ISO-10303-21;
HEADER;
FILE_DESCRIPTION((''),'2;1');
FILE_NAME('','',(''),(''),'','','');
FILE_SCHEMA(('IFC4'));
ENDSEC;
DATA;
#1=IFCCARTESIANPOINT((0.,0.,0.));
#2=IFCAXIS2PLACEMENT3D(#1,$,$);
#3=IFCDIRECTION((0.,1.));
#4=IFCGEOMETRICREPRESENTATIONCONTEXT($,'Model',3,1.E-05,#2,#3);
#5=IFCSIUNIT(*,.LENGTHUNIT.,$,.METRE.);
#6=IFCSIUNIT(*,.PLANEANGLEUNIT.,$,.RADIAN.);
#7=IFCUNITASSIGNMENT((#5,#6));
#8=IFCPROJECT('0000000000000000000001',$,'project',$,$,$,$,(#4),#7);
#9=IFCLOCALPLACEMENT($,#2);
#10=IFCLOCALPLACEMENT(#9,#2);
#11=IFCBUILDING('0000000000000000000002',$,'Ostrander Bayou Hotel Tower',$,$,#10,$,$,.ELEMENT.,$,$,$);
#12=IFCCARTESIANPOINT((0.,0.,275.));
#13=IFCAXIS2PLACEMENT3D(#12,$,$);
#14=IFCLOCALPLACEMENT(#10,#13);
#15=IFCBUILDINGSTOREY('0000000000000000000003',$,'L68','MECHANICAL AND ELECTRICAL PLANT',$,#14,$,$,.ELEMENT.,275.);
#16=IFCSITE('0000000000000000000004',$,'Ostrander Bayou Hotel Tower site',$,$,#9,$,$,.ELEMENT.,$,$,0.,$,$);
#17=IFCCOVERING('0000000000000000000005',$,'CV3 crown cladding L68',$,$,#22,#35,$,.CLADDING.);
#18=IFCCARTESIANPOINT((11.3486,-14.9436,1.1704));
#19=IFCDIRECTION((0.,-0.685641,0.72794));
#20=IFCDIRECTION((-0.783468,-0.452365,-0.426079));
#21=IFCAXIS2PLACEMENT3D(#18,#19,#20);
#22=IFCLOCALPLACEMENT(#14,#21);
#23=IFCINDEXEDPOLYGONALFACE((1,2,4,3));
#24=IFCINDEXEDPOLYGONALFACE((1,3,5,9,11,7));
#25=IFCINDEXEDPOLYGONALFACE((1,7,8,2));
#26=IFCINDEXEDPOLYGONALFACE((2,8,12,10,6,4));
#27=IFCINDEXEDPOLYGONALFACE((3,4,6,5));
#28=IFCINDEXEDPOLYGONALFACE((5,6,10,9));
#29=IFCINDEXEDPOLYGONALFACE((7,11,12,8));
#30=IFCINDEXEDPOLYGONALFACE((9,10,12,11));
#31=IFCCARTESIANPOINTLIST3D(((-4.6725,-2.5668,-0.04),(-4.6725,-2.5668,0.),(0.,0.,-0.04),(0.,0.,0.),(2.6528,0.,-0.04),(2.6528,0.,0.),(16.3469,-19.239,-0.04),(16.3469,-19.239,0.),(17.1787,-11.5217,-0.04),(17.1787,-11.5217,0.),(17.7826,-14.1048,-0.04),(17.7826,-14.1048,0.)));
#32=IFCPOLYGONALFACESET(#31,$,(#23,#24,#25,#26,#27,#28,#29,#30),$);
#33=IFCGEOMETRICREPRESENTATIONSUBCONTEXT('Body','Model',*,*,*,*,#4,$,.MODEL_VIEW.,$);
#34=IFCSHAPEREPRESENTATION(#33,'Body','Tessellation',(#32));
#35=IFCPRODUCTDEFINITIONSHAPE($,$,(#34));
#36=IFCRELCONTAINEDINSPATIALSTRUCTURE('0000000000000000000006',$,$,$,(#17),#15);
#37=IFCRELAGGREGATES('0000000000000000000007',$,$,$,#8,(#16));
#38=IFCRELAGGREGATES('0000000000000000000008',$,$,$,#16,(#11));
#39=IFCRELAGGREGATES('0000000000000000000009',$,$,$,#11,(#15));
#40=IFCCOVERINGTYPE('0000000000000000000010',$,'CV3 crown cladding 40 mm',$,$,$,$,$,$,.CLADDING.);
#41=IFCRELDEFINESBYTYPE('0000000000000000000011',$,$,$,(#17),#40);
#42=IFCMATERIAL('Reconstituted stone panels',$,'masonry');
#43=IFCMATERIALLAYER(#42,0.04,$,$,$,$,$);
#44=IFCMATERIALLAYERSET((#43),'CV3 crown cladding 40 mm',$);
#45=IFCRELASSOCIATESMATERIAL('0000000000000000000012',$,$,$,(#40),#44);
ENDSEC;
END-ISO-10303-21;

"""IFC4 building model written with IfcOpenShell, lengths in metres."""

from ifc_helpers import new_model, si_unit, direction, frame, origin, place, context, subcontext, project, spatial, polyline, outline, extrude, material, layer, layer_set, type_object, element, save


model = new_model("IFC4")

# Units and contexts
model_context = context("Model", 3, precision=1e-05, world=origin(), true_north=direction((0.0, 1.0)))
body_context = subcontext(model_context, "Body", "Model", "MODEL_VIEW")
ifc_project = project(units=[si_unit("LENGTHUNIT", "METRE"), si_unit("PLANEANGLEUNIT", "RADIAN")], contexts=[model_context])

# Site, building, storey
site_placement = place(None, origin())
site = spatial("IfcSite", under=ifc_project, at=site_placement, Name="Ostrander Bayou Hotel Tower site", CompositionType="ELEMENT", RefElevation=0.0)
building_placement = place(site_placement, origin())
building = spatial("IfcBuilding", under=site, at=building_placement, Name="Ostrander Bayou Hotel Tower", CompositionType="ELEMENT")
storey_placement = place(building_placement, frame((0.0, 0.0, 275.0)))
storey = spatial("IfcBuildingStorey", under=building, at=storey_placement, Name="L68", Description="MECHANICAL AND ELECTRICAL PLANT", CompositionType="ELEMENT", Elevation=275.0)

# Covering
ifc_material_1 = material(Name="Reconstituted stone panels", Category="masonry")
ifc_layer_1 = layer(ifc_material_1, 0.04)
ifc_layer_set_1 = layer_set([ifc_layer_1], Name="CV3 crown cladding 40 mm")
covering_type = type_object("IfcCoveringType", Name="CV3 crown cladding 40 mm", PredefinedType="CLADDING", material=ifc_layer_set_1)
covering_1_placement = place(storey_placement, frame((11.3486, -14.9436, 1.1704), z_axis=(0.0, -0.685641, 0.72794), x_axis=(-0.783468, -0.452365, -0.426079)))
element("IfcCovering", 1, at=covering_1_placement, inside=storey, type_object=covering_type, Name="CV3 crown cladding L68", PredefinedType="CLADDING", context=body_context, shape_type="SweptSolid", body=[
    extrude(outline(polyline([(0.0, 0.0), (2.6528, 0.0), (17.1787, -11.5217), (17.7826, -14.1048), (16.3469, -19.239), (-4.6725, -2.5668), (0.0, 0.0)])), origin(), (0.0, 0.0, -1.0), 0.04),
])

save(model, "model.ifc")
